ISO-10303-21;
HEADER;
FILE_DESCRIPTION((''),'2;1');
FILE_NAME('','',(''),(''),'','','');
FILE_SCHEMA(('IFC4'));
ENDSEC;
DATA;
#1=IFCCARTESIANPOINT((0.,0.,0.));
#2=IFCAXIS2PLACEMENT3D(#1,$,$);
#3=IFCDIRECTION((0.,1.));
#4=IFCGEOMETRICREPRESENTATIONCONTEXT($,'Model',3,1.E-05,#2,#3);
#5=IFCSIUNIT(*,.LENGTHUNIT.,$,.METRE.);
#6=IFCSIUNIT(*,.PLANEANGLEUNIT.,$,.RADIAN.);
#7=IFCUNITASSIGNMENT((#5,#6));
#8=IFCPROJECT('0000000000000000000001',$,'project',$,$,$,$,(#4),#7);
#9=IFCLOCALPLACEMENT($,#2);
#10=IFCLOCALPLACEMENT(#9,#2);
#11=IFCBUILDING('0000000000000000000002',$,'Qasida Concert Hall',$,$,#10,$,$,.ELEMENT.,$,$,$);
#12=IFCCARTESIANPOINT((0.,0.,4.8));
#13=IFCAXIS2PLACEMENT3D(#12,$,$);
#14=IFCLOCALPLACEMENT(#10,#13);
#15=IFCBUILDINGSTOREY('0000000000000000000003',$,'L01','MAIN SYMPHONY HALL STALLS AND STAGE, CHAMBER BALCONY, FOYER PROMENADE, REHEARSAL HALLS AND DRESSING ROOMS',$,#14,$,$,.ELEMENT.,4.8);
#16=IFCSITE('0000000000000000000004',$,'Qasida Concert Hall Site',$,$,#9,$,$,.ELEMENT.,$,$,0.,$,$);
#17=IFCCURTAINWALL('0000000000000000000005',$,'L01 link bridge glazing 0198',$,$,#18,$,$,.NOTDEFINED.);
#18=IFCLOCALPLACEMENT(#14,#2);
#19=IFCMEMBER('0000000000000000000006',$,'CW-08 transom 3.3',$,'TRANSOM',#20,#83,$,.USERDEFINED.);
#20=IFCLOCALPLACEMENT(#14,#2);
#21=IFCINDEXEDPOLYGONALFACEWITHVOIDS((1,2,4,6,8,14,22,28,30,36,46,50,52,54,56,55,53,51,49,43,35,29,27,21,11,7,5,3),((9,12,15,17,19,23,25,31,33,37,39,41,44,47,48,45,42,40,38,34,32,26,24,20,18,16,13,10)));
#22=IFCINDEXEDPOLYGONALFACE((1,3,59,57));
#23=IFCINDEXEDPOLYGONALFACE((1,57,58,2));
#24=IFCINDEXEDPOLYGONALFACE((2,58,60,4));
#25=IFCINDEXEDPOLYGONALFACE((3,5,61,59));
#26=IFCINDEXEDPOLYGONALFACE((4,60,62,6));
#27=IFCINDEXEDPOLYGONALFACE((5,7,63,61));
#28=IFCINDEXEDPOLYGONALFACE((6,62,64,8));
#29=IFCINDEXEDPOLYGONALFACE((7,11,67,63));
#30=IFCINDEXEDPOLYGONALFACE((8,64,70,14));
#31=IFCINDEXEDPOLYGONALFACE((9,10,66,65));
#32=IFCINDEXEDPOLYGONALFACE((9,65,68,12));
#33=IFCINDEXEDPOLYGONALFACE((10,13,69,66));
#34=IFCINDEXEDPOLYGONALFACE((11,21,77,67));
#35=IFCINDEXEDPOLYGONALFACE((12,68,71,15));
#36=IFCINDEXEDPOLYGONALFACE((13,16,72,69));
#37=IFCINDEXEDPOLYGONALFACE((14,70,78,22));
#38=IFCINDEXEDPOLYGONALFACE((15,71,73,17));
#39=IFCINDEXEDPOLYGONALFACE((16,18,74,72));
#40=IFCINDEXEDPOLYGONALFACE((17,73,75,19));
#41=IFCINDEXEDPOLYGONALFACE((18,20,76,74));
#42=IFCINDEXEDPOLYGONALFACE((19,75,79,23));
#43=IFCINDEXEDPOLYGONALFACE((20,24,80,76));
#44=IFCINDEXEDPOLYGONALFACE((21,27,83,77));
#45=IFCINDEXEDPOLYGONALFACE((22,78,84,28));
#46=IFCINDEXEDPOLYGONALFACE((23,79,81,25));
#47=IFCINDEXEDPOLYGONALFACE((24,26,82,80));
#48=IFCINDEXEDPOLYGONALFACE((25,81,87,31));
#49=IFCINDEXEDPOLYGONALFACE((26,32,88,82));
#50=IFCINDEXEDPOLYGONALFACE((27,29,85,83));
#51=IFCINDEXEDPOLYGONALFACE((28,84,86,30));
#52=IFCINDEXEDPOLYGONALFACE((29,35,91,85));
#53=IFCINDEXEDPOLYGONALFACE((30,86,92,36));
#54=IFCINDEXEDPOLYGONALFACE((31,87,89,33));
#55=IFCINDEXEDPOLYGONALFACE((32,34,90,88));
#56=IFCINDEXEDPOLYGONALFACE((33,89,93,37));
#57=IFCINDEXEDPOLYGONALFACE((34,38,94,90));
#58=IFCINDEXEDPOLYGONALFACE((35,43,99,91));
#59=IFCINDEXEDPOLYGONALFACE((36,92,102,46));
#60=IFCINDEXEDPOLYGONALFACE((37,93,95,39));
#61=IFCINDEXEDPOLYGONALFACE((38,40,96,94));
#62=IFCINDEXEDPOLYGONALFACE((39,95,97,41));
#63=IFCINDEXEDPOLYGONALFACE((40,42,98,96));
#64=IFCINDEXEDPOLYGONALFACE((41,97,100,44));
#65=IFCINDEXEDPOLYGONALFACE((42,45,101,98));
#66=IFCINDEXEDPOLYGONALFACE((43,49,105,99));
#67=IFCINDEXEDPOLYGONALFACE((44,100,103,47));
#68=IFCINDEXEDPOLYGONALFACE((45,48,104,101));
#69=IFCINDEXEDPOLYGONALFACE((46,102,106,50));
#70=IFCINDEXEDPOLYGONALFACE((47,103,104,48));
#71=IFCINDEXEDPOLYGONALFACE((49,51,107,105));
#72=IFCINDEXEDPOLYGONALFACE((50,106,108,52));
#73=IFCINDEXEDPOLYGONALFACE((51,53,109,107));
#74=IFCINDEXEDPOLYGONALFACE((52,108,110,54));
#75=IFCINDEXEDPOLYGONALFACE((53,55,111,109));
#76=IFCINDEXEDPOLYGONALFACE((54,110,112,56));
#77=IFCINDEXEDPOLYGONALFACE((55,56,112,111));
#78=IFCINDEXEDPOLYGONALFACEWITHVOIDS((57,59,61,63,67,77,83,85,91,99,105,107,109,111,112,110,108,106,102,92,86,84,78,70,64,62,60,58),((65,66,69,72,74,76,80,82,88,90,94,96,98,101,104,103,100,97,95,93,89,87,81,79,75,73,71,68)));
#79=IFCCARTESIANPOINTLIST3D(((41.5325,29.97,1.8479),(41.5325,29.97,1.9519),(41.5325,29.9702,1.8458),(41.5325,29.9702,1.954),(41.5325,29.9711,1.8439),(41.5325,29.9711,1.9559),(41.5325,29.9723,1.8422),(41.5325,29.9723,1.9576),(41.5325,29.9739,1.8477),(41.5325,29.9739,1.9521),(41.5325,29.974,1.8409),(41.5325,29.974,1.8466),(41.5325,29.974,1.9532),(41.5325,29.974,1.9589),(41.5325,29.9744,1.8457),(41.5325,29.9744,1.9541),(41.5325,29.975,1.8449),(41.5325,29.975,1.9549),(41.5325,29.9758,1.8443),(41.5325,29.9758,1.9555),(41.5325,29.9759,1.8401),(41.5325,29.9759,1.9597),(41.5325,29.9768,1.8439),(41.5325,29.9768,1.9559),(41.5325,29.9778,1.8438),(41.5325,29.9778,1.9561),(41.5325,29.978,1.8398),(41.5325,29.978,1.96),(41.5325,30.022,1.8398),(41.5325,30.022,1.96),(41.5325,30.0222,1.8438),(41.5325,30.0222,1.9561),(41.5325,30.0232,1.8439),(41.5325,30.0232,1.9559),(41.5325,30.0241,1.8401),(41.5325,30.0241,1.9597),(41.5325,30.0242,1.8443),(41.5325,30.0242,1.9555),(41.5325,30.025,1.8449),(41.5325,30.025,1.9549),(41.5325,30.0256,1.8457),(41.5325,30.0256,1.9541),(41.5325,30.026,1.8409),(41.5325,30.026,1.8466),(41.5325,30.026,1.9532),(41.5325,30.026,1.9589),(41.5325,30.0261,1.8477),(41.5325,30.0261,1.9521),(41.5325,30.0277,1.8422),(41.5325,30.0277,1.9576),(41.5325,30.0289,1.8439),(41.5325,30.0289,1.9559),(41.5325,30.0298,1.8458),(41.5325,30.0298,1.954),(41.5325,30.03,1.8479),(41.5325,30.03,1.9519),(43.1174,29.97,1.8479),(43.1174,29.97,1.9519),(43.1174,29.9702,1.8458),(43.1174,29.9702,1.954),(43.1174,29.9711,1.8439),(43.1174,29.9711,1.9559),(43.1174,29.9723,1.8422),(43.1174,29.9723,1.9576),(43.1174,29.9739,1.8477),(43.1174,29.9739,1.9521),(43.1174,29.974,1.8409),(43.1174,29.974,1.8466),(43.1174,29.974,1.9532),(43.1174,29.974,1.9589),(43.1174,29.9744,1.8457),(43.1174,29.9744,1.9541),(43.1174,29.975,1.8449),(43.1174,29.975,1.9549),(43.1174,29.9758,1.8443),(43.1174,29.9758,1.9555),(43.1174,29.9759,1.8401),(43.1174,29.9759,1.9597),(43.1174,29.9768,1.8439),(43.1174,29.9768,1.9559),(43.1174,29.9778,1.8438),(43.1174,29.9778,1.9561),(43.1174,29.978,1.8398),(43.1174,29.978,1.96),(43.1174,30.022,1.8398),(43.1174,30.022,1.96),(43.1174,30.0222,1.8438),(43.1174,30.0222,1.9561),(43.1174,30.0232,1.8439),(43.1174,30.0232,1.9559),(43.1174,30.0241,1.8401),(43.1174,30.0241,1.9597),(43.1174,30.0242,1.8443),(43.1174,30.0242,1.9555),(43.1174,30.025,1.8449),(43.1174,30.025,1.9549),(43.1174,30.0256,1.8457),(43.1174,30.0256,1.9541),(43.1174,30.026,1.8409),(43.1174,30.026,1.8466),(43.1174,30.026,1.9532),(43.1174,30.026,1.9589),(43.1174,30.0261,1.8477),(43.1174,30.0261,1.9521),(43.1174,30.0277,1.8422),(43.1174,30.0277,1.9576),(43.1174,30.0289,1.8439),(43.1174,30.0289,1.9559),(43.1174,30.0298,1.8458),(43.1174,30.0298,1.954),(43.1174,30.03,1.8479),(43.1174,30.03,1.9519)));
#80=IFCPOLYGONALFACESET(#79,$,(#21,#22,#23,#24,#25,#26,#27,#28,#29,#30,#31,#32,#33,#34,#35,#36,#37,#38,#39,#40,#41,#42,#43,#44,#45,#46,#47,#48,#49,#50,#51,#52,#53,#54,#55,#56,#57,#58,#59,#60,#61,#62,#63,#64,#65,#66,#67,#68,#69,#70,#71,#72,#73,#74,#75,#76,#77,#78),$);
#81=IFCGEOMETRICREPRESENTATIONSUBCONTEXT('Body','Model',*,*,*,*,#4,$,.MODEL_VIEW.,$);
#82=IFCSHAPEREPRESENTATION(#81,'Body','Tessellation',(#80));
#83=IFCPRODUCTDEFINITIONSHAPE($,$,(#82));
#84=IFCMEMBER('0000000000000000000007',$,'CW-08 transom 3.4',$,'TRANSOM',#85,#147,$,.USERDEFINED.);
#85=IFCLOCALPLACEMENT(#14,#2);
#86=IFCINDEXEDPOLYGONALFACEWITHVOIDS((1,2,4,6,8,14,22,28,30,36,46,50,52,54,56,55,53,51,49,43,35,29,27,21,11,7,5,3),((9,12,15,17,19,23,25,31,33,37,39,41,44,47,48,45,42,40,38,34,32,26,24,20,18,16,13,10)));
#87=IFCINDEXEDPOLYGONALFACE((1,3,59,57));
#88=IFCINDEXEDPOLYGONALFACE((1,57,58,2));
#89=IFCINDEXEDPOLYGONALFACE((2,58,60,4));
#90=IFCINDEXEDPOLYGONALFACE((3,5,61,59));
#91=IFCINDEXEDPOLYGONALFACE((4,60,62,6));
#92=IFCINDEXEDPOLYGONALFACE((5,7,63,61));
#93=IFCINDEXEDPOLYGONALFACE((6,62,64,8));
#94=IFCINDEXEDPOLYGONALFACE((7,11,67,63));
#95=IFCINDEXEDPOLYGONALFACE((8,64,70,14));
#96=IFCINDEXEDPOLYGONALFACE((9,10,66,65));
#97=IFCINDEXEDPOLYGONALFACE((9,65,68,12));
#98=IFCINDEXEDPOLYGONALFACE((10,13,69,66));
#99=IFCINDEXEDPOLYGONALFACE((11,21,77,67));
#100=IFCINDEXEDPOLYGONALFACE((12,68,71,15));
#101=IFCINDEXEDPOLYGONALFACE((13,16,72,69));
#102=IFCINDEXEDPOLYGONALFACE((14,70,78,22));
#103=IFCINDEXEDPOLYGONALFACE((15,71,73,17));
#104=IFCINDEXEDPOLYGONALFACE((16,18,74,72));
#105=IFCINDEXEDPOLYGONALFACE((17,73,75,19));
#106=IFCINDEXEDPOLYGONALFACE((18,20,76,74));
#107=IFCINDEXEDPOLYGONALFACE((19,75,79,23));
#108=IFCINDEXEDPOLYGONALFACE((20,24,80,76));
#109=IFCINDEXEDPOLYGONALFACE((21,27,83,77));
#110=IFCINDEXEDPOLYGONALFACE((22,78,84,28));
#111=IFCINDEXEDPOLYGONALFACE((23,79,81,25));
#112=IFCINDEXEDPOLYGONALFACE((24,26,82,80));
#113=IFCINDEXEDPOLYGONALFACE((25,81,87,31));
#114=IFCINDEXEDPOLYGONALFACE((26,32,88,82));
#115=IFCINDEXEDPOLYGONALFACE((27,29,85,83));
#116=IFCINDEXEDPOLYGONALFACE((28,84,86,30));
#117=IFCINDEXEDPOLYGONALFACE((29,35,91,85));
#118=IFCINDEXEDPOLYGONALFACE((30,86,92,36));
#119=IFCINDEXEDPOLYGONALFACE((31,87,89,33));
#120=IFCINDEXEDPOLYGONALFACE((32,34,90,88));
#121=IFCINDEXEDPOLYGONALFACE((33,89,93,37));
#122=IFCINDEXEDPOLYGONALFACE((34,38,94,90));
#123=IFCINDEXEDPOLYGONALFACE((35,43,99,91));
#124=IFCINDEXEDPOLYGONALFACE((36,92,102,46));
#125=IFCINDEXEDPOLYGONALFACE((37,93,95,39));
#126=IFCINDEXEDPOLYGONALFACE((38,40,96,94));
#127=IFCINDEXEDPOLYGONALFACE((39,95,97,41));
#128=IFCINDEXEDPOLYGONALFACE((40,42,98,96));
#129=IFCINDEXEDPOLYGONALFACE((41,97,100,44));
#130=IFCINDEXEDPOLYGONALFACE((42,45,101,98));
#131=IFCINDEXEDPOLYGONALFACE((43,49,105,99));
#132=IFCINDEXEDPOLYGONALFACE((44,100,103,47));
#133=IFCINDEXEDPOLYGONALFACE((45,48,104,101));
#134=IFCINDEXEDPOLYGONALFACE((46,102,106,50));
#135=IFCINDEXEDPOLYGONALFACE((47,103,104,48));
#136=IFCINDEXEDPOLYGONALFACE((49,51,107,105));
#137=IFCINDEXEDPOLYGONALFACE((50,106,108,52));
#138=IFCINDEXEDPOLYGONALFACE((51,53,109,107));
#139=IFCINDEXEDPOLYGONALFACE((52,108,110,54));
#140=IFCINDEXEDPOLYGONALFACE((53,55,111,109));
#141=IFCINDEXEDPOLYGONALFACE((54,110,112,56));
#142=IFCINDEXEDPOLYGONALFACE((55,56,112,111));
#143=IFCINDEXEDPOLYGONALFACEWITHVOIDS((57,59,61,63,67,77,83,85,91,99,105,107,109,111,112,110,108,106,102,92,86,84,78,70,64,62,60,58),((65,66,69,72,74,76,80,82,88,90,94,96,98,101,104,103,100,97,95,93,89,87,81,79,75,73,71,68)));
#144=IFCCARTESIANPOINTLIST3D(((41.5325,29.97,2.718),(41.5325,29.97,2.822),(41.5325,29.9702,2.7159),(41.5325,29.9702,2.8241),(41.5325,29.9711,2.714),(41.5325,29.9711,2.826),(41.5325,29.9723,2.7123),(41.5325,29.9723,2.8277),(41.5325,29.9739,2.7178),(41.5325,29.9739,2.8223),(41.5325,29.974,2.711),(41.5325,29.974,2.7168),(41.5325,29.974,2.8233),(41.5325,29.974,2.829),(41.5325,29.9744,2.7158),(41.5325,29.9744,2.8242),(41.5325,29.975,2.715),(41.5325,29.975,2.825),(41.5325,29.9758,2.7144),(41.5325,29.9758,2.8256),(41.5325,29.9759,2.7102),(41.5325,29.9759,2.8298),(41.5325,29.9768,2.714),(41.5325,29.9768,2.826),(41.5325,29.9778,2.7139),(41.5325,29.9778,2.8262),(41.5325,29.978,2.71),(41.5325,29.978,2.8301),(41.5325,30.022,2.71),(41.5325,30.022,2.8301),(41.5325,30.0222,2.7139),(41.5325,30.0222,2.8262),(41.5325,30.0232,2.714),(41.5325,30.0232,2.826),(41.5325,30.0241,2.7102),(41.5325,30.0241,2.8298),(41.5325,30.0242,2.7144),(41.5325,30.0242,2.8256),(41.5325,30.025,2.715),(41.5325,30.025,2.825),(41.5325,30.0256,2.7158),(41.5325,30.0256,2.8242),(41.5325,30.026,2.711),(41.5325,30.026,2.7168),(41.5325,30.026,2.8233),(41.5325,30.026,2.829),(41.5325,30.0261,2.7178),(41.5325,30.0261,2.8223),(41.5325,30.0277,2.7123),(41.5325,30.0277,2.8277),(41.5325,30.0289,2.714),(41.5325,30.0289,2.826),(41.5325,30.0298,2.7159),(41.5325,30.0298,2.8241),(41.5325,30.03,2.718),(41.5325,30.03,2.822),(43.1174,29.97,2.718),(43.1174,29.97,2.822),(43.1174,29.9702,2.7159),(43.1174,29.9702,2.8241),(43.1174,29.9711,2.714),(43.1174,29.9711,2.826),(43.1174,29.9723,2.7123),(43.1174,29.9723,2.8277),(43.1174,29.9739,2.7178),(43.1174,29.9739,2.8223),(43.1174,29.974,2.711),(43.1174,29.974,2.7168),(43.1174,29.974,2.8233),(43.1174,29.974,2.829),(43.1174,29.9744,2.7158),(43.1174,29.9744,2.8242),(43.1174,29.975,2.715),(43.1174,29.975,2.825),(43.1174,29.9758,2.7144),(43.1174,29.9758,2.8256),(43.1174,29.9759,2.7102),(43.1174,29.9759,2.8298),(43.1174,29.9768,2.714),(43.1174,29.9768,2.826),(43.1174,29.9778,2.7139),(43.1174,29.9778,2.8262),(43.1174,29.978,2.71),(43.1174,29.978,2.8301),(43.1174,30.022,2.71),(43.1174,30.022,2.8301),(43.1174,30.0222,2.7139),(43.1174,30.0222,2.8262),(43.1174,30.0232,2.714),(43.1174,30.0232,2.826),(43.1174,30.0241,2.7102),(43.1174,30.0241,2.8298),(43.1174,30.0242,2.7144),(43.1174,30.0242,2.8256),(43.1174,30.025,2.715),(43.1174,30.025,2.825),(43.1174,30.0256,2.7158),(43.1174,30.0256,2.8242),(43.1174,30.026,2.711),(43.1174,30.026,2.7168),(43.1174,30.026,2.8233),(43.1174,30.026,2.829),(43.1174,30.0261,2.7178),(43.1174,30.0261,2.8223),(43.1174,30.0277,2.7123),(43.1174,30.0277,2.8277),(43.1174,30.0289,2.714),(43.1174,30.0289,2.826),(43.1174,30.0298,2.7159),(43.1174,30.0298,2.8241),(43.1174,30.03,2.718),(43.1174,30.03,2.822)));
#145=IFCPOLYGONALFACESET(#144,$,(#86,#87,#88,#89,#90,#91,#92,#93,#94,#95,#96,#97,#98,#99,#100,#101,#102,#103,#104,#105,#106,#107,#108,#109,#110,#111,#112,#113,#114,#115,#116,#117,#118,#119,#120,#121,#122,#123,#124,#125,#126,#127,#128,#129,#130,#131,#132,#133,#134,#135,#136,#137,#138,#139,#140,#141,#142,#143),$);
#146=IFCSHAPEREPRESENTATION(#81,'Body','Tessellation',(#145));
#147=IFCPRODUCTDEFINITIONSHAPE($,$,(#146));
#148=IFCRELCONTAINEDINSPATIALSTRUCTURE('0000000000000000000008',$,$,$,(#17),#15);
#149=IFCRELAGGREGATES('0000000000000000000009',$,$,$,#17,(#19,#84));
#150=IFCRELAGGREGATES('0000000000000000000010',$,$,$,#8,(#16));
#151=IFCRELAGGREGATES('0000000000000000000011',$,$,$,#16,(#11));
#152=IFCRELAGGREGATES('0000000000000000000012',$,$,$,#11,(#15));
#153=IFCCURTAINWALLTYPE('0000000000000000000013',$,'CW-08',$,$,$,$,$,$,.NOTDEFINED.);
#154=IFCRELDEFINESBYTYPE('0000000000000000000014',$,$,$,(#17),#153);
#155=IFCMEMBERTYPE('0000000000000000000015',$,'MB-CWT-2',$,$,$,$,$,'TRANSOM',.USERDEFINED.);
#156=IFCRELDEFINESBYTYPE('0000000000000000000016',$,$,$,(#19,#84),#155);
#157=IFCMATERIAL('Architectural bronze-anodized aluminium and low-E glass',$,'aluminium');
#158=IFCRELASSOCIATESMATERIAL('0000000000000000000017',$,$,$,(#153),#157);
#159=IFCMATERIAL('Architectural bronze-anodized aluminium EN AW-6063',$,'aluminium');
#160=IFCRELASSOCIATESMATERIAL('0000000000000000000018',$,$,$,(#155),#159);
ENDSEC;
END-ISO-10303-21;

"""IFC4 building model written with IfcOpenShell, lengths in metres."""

from ifc_helpers import new_model, si_unit, direction, frame, origin, origin_2d, place, context, subcontext, project, spatial, hollow_rectangle, extrude, material, material_profile, profile_set, type_object, element, aggregate, save


model = new_model("IFC4")

# Units and contexts
model_context = context("Model", 3, precision=1e-05, world=origin(), true_north=direction((0.0, 1.0)))
body_context = subcontext(model_context, "Body", "Model", "MODEL_VIEW")
ifc_project = project(units=[si_unit("LENGTHUNIT", "METRE"), si_unit("PLANEANGLEUNIT", "RADIAN")], contexts=[model_context])

# Site, building, storey
site_placement = place(None, origin())
site = spatial("IfcSite", under=ifc_project, at=site_placement, Name="Qasida Concert Hall Site", CompositionType="ELEMENT", RefElevation=0.0)
building_placement = place(site_placement, origin())
building = spatial("IfcBuilding", under=site, at=building_placement, Name="Qasida Concert Hall", CompositionType="ELEMENT")
storey_placement = place(building_placement, frame((0.0, 0.0, 4.8)))
storey = spatial("IfcBuildingStorey", under=building, at=storey_placement, Name="L01", Description="MAIN SYMPHONY HALL STALLS AND STAGE, CHAMBER BALCONY, FOYER PROMENADE, REHEARSAL HALLS AND DRESSING ROOMS", CompositionType="ELEMENT", Elevation=4.8)

# Curtain wall
ifc_material_1 = material(Name="Architectural bronze-anodized aluminium and low-E glass", Category="aluminium")
curtain_wall_type = type_object("IfcCurtainWallType", Name="CW-08", PredefinedType="NOTDEFINED", material=ifc_material_1)
curtain_wall_1_placement = place(storey_placement, origin())
curtain_wall_1 = element("IfcCurtainWall", 1, at=curtain_wall_1_placement, inside=storey, type_object=curtain_wall_type, Name="L01 link bridge glazing 0198", PredefinedType="NOTDEFINED")
ifc_material_2 = material(Name="Architectural bronze-anodized aluminium EN AW-6063", Category="aluminium")

# Members
ifc_material_profile_1 = material_profile(ifc_material_2, hollow_rectangle(XDim=0.0601, YDim=0.1201, WallThickness=0.0039, InnerFilletRadius=0.0039, OuterFilletRadius=0.0081, at=origin_2d()), Name="CWT 120x60x4")
ifc_profile_set_1 = profile_set([ifc_material_profile_1], Name="Architectural bronze-anodized aluminium EN AW-6063")
member_type_1 = type_object("IfcMemberType", Name="MB-CWT-2", ElementType="TRANSOM", PredefinedType="USERDEFINED", material=ifc_profile_set_1)
member_1_placement = place(storey_placement, frame((41.5325, 30.0, 1.8999), z_axis=(1.0, 0.0, 0.0), x_axis=(0.0, 1.0, 0.0)))
member_1 = element("IfcMember", 2, at=member_1_placement, type_object=member_type_1, Name="CW-08 transom 3.3", ObjectType="TRANSOM", PredefinedType="USERDEFINED", context=body_context, shape_type="SweptSolid", body=[
    extrude(hollow_rectangle(XDim=0.0601, YDim=0.1201, WallThickness=0.0039, InnerFilletRadius=0.0039, OuterFilletRadius=0.0081, at=origin_2d()), origin(), (0.0, 0.0, 1.0), 1.585),
])
member_2_placement = place(storey_placement, frame((41.5325, 30.0, 2.77), z_axis=(1.0, 0.0, 0.0), x_axis=(0.0, 1.0, 0.0)))
member_2 = element("IfcMember", 3, at=member_2_placement, type_object=member_type_1, Name="CW-08 transom 3.4", ObjectType="TRANSOM", PredefinedType="USERDEFINED", context=body_context, shape_type="SweptSolid", body=[
    extrude(hollow_rectangle(XDim=0.0601, YDim=0.1201, WallThickness=0.0039, InnerFilletRadius=0.0039, OuterFilletRadius=0.0081, at=origin_2d()), origin(), (0.0, 0.0, 1.0), 1.585),
])

aggregate(curtain_wall_1, [member_1, member_2])

save(model, "model.ifc")
